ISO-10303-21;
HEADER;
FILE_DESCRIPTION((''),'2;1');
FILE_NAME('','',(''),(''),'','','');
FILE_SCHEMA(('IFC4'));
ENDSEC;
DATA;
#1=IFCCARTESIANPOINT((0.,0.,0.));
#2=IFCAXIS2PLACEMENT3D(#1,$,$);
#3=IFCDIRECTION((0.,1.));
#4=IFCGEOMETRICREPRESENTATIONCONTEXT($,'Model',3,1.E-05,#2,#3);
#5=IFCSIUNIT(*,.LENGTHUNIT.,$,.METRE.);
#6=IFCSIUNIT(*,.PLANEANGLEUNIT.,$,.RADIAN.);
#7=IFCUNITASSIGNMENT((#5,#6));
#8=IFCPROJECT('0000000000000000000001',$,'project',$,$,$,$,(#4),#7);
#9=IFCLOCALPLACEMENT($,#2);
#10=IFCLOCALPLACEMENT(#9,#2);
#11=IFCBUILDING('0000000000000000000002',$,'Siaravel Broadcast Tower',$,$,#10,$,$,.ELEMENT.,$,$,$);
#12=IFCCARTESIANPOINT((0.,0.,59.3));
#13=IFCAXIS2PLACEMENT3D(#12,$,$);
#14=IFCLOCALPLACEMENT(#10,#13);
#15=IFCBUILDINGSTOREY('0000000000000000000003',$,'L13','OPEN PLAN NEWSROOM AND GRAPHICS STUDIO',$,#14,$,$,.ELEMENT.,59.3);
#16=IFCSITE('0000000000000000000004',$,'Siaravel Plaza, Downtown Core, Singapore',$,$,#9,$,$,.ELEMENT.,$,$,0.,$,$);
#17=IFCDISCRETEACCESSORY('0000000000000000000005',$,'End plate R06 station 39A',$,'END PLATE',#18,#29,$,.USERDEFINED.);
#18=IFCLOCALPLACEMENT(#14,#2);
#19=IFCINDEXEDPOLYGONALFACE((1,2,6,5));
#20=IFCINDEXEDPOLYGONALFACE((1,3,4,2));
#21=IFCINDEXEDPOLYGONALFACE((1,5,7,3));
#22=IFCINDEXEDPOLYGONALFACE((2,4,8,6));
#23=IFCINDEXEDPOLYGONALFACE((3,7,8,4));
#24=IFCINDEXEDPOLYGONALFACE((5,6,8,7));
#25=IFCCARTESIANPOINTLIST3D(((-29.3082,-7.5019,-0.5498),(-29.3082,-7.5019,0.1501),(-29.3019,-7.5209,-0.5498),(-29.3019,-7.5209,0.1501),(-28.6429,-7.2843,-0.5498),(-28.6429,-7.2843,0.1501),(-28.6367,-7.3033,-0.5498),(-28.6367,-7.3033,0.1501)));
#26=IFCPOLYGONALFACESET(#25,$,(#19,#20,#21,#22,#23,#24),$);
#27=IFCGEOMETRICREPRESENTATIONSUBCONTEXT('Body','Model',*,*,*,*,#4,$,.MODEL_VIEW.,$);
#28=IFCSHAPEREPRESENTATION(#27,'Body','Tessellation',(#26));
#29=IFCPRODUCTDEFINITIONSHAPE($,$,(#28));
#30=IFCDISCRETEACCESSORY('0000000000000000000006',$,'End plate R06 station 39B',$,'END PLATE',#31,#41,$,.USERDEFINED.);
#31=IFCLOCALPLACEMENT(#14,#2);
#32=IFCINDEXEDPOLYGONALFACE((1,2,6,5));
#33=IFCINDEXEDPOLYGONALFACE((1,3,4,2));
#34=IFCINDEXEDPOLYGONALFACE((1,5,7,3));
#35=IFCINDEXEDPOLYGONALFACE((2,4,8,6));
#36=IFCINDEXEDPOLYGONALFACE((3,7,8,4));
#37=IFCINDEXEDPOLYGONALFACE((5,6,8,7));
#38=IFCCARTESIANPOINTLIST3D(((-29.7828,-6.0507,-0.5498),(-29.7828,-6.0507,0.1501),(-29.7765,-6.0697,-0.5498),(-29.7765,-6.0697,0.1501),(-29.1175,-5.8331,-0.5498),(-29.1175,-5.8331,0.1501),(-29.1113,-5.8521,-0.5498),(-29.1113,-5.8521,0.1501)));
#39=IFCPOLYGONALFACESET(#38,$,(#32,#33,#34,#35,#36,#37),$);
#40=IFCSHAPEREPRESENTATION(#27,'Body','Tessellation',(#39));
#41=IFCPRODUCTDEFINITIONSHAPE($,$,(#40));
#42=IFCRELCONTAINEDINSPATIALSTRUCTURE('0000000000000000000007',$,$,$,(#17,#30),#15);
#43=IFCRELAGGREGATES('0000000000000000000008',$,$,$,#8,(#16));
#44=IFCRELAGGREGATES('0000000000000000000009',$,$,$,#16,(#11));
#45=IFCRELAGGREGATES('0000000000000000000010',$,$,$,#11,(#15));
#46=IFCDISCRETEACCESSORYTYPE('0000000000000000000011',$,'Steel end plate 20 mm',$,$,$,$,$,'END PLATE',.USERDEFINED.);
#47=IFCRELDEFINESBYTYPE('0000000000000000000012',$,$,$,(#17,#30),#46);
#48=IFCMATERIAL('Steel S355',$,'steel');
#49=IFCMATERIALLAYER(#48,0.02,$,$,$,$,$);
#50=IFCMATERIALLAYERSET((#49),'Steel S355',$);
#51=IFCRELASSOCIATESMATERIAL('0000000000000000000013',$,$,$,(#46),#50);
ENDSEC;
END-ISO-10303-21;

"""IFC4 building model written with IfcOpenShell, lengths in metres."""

from ifc_helpers import new_model, si_unit, direction, frame, origin, origin_2d, place, context, subcontext, project, spatial, rectangle, extrude, material, layer, layer_set, type_object, element, save


model = new_model("IFC4")

# Units and contexts
model_context = context("Model", 3, precision=1e-05, world=origin(), true_north=direction((0.0, 1.0)))
body_context = subcontext(model_context, "Body", "Model", "MODEL_VIEW")
ifc_project = project(units=[si_unit("LENGTHUNIT", "METRE"), si_unit("PLANEANGLEUNIT", "RADIAN")], contexts=[model_context])

# Site, building, storey
site_placement = place(None, origin())
site = spatial("IfcSite", under=ifc_project, at=site_placement, Name="Siaravel Plaza, Downtown Core, Singapore", CompositionType="ELEMENT", RefElevation=0.0)
building_placement = place(site_placement, origin())
building = spatial("IfcBuilding", under=site, at=building_placement, Name="Siaravel Broadcast Tower", CompositionType="ELEMENT")
storey_placement = place(building_placement, frame((0.0, 0.0, 59.3)))
storey = spatial("IfcBuildingStorey", under=building, at=storey_placement, Name="L13", Description="OPEN PLAN NEWSROOM AND GRAPHICS STUDIO", CompositionType="ELEMENT", Elevation=59.3)

# Shared definitions
ifc_material_1 = material(Name="Steel S355", Category="steel")

# Discrete accessories
ifc_layer_1 = layer(ifc_material_1, 0.02)
ifc_layer_set_1 = layer_set([ifc_layer_1], Name="Steel S355")
discrete_accessory_type_1 = type_object("IfcDiscreteAccessoryType", Name="Steel end plate 20 mm", ElementType="END PLATE", PredefinedType="USERDEFINED", material=ifc_layer_set_1)
for number, where, z_axis, x_axis, name in (
    (1, (-28.9724, -7.4026, -0.5498), (0.0, 0.0, 1.0), (0.310909, -0.95044, 0.0), "End plate R06 station 39A"),
    (2, (-29.447, -5.9514, -0.5498), (0.0, 0.0, 1.0), (0.310909, -0.95044, 0.0), "End plate R06 station 39B"),
):
    element("IfcDiscreteAccessory", number, at=place(storey_placement, frame(where, z_axis=z_axis, x_axis=x_axis)), inside=storey, type_object=discrete_accessory_type_1, Name=name, ObjectType="END PLATE", PredefinedType="USERDEFINED", context=body_context, shape_type="SweptSolid", body=[
        extrude(rectangle(XDim=0.02, YDim=0.7, at=origin_2d()), origin(), (0.0, 0.0, 1.0), 0.7),
    ])

save(model, "model.ifc")
